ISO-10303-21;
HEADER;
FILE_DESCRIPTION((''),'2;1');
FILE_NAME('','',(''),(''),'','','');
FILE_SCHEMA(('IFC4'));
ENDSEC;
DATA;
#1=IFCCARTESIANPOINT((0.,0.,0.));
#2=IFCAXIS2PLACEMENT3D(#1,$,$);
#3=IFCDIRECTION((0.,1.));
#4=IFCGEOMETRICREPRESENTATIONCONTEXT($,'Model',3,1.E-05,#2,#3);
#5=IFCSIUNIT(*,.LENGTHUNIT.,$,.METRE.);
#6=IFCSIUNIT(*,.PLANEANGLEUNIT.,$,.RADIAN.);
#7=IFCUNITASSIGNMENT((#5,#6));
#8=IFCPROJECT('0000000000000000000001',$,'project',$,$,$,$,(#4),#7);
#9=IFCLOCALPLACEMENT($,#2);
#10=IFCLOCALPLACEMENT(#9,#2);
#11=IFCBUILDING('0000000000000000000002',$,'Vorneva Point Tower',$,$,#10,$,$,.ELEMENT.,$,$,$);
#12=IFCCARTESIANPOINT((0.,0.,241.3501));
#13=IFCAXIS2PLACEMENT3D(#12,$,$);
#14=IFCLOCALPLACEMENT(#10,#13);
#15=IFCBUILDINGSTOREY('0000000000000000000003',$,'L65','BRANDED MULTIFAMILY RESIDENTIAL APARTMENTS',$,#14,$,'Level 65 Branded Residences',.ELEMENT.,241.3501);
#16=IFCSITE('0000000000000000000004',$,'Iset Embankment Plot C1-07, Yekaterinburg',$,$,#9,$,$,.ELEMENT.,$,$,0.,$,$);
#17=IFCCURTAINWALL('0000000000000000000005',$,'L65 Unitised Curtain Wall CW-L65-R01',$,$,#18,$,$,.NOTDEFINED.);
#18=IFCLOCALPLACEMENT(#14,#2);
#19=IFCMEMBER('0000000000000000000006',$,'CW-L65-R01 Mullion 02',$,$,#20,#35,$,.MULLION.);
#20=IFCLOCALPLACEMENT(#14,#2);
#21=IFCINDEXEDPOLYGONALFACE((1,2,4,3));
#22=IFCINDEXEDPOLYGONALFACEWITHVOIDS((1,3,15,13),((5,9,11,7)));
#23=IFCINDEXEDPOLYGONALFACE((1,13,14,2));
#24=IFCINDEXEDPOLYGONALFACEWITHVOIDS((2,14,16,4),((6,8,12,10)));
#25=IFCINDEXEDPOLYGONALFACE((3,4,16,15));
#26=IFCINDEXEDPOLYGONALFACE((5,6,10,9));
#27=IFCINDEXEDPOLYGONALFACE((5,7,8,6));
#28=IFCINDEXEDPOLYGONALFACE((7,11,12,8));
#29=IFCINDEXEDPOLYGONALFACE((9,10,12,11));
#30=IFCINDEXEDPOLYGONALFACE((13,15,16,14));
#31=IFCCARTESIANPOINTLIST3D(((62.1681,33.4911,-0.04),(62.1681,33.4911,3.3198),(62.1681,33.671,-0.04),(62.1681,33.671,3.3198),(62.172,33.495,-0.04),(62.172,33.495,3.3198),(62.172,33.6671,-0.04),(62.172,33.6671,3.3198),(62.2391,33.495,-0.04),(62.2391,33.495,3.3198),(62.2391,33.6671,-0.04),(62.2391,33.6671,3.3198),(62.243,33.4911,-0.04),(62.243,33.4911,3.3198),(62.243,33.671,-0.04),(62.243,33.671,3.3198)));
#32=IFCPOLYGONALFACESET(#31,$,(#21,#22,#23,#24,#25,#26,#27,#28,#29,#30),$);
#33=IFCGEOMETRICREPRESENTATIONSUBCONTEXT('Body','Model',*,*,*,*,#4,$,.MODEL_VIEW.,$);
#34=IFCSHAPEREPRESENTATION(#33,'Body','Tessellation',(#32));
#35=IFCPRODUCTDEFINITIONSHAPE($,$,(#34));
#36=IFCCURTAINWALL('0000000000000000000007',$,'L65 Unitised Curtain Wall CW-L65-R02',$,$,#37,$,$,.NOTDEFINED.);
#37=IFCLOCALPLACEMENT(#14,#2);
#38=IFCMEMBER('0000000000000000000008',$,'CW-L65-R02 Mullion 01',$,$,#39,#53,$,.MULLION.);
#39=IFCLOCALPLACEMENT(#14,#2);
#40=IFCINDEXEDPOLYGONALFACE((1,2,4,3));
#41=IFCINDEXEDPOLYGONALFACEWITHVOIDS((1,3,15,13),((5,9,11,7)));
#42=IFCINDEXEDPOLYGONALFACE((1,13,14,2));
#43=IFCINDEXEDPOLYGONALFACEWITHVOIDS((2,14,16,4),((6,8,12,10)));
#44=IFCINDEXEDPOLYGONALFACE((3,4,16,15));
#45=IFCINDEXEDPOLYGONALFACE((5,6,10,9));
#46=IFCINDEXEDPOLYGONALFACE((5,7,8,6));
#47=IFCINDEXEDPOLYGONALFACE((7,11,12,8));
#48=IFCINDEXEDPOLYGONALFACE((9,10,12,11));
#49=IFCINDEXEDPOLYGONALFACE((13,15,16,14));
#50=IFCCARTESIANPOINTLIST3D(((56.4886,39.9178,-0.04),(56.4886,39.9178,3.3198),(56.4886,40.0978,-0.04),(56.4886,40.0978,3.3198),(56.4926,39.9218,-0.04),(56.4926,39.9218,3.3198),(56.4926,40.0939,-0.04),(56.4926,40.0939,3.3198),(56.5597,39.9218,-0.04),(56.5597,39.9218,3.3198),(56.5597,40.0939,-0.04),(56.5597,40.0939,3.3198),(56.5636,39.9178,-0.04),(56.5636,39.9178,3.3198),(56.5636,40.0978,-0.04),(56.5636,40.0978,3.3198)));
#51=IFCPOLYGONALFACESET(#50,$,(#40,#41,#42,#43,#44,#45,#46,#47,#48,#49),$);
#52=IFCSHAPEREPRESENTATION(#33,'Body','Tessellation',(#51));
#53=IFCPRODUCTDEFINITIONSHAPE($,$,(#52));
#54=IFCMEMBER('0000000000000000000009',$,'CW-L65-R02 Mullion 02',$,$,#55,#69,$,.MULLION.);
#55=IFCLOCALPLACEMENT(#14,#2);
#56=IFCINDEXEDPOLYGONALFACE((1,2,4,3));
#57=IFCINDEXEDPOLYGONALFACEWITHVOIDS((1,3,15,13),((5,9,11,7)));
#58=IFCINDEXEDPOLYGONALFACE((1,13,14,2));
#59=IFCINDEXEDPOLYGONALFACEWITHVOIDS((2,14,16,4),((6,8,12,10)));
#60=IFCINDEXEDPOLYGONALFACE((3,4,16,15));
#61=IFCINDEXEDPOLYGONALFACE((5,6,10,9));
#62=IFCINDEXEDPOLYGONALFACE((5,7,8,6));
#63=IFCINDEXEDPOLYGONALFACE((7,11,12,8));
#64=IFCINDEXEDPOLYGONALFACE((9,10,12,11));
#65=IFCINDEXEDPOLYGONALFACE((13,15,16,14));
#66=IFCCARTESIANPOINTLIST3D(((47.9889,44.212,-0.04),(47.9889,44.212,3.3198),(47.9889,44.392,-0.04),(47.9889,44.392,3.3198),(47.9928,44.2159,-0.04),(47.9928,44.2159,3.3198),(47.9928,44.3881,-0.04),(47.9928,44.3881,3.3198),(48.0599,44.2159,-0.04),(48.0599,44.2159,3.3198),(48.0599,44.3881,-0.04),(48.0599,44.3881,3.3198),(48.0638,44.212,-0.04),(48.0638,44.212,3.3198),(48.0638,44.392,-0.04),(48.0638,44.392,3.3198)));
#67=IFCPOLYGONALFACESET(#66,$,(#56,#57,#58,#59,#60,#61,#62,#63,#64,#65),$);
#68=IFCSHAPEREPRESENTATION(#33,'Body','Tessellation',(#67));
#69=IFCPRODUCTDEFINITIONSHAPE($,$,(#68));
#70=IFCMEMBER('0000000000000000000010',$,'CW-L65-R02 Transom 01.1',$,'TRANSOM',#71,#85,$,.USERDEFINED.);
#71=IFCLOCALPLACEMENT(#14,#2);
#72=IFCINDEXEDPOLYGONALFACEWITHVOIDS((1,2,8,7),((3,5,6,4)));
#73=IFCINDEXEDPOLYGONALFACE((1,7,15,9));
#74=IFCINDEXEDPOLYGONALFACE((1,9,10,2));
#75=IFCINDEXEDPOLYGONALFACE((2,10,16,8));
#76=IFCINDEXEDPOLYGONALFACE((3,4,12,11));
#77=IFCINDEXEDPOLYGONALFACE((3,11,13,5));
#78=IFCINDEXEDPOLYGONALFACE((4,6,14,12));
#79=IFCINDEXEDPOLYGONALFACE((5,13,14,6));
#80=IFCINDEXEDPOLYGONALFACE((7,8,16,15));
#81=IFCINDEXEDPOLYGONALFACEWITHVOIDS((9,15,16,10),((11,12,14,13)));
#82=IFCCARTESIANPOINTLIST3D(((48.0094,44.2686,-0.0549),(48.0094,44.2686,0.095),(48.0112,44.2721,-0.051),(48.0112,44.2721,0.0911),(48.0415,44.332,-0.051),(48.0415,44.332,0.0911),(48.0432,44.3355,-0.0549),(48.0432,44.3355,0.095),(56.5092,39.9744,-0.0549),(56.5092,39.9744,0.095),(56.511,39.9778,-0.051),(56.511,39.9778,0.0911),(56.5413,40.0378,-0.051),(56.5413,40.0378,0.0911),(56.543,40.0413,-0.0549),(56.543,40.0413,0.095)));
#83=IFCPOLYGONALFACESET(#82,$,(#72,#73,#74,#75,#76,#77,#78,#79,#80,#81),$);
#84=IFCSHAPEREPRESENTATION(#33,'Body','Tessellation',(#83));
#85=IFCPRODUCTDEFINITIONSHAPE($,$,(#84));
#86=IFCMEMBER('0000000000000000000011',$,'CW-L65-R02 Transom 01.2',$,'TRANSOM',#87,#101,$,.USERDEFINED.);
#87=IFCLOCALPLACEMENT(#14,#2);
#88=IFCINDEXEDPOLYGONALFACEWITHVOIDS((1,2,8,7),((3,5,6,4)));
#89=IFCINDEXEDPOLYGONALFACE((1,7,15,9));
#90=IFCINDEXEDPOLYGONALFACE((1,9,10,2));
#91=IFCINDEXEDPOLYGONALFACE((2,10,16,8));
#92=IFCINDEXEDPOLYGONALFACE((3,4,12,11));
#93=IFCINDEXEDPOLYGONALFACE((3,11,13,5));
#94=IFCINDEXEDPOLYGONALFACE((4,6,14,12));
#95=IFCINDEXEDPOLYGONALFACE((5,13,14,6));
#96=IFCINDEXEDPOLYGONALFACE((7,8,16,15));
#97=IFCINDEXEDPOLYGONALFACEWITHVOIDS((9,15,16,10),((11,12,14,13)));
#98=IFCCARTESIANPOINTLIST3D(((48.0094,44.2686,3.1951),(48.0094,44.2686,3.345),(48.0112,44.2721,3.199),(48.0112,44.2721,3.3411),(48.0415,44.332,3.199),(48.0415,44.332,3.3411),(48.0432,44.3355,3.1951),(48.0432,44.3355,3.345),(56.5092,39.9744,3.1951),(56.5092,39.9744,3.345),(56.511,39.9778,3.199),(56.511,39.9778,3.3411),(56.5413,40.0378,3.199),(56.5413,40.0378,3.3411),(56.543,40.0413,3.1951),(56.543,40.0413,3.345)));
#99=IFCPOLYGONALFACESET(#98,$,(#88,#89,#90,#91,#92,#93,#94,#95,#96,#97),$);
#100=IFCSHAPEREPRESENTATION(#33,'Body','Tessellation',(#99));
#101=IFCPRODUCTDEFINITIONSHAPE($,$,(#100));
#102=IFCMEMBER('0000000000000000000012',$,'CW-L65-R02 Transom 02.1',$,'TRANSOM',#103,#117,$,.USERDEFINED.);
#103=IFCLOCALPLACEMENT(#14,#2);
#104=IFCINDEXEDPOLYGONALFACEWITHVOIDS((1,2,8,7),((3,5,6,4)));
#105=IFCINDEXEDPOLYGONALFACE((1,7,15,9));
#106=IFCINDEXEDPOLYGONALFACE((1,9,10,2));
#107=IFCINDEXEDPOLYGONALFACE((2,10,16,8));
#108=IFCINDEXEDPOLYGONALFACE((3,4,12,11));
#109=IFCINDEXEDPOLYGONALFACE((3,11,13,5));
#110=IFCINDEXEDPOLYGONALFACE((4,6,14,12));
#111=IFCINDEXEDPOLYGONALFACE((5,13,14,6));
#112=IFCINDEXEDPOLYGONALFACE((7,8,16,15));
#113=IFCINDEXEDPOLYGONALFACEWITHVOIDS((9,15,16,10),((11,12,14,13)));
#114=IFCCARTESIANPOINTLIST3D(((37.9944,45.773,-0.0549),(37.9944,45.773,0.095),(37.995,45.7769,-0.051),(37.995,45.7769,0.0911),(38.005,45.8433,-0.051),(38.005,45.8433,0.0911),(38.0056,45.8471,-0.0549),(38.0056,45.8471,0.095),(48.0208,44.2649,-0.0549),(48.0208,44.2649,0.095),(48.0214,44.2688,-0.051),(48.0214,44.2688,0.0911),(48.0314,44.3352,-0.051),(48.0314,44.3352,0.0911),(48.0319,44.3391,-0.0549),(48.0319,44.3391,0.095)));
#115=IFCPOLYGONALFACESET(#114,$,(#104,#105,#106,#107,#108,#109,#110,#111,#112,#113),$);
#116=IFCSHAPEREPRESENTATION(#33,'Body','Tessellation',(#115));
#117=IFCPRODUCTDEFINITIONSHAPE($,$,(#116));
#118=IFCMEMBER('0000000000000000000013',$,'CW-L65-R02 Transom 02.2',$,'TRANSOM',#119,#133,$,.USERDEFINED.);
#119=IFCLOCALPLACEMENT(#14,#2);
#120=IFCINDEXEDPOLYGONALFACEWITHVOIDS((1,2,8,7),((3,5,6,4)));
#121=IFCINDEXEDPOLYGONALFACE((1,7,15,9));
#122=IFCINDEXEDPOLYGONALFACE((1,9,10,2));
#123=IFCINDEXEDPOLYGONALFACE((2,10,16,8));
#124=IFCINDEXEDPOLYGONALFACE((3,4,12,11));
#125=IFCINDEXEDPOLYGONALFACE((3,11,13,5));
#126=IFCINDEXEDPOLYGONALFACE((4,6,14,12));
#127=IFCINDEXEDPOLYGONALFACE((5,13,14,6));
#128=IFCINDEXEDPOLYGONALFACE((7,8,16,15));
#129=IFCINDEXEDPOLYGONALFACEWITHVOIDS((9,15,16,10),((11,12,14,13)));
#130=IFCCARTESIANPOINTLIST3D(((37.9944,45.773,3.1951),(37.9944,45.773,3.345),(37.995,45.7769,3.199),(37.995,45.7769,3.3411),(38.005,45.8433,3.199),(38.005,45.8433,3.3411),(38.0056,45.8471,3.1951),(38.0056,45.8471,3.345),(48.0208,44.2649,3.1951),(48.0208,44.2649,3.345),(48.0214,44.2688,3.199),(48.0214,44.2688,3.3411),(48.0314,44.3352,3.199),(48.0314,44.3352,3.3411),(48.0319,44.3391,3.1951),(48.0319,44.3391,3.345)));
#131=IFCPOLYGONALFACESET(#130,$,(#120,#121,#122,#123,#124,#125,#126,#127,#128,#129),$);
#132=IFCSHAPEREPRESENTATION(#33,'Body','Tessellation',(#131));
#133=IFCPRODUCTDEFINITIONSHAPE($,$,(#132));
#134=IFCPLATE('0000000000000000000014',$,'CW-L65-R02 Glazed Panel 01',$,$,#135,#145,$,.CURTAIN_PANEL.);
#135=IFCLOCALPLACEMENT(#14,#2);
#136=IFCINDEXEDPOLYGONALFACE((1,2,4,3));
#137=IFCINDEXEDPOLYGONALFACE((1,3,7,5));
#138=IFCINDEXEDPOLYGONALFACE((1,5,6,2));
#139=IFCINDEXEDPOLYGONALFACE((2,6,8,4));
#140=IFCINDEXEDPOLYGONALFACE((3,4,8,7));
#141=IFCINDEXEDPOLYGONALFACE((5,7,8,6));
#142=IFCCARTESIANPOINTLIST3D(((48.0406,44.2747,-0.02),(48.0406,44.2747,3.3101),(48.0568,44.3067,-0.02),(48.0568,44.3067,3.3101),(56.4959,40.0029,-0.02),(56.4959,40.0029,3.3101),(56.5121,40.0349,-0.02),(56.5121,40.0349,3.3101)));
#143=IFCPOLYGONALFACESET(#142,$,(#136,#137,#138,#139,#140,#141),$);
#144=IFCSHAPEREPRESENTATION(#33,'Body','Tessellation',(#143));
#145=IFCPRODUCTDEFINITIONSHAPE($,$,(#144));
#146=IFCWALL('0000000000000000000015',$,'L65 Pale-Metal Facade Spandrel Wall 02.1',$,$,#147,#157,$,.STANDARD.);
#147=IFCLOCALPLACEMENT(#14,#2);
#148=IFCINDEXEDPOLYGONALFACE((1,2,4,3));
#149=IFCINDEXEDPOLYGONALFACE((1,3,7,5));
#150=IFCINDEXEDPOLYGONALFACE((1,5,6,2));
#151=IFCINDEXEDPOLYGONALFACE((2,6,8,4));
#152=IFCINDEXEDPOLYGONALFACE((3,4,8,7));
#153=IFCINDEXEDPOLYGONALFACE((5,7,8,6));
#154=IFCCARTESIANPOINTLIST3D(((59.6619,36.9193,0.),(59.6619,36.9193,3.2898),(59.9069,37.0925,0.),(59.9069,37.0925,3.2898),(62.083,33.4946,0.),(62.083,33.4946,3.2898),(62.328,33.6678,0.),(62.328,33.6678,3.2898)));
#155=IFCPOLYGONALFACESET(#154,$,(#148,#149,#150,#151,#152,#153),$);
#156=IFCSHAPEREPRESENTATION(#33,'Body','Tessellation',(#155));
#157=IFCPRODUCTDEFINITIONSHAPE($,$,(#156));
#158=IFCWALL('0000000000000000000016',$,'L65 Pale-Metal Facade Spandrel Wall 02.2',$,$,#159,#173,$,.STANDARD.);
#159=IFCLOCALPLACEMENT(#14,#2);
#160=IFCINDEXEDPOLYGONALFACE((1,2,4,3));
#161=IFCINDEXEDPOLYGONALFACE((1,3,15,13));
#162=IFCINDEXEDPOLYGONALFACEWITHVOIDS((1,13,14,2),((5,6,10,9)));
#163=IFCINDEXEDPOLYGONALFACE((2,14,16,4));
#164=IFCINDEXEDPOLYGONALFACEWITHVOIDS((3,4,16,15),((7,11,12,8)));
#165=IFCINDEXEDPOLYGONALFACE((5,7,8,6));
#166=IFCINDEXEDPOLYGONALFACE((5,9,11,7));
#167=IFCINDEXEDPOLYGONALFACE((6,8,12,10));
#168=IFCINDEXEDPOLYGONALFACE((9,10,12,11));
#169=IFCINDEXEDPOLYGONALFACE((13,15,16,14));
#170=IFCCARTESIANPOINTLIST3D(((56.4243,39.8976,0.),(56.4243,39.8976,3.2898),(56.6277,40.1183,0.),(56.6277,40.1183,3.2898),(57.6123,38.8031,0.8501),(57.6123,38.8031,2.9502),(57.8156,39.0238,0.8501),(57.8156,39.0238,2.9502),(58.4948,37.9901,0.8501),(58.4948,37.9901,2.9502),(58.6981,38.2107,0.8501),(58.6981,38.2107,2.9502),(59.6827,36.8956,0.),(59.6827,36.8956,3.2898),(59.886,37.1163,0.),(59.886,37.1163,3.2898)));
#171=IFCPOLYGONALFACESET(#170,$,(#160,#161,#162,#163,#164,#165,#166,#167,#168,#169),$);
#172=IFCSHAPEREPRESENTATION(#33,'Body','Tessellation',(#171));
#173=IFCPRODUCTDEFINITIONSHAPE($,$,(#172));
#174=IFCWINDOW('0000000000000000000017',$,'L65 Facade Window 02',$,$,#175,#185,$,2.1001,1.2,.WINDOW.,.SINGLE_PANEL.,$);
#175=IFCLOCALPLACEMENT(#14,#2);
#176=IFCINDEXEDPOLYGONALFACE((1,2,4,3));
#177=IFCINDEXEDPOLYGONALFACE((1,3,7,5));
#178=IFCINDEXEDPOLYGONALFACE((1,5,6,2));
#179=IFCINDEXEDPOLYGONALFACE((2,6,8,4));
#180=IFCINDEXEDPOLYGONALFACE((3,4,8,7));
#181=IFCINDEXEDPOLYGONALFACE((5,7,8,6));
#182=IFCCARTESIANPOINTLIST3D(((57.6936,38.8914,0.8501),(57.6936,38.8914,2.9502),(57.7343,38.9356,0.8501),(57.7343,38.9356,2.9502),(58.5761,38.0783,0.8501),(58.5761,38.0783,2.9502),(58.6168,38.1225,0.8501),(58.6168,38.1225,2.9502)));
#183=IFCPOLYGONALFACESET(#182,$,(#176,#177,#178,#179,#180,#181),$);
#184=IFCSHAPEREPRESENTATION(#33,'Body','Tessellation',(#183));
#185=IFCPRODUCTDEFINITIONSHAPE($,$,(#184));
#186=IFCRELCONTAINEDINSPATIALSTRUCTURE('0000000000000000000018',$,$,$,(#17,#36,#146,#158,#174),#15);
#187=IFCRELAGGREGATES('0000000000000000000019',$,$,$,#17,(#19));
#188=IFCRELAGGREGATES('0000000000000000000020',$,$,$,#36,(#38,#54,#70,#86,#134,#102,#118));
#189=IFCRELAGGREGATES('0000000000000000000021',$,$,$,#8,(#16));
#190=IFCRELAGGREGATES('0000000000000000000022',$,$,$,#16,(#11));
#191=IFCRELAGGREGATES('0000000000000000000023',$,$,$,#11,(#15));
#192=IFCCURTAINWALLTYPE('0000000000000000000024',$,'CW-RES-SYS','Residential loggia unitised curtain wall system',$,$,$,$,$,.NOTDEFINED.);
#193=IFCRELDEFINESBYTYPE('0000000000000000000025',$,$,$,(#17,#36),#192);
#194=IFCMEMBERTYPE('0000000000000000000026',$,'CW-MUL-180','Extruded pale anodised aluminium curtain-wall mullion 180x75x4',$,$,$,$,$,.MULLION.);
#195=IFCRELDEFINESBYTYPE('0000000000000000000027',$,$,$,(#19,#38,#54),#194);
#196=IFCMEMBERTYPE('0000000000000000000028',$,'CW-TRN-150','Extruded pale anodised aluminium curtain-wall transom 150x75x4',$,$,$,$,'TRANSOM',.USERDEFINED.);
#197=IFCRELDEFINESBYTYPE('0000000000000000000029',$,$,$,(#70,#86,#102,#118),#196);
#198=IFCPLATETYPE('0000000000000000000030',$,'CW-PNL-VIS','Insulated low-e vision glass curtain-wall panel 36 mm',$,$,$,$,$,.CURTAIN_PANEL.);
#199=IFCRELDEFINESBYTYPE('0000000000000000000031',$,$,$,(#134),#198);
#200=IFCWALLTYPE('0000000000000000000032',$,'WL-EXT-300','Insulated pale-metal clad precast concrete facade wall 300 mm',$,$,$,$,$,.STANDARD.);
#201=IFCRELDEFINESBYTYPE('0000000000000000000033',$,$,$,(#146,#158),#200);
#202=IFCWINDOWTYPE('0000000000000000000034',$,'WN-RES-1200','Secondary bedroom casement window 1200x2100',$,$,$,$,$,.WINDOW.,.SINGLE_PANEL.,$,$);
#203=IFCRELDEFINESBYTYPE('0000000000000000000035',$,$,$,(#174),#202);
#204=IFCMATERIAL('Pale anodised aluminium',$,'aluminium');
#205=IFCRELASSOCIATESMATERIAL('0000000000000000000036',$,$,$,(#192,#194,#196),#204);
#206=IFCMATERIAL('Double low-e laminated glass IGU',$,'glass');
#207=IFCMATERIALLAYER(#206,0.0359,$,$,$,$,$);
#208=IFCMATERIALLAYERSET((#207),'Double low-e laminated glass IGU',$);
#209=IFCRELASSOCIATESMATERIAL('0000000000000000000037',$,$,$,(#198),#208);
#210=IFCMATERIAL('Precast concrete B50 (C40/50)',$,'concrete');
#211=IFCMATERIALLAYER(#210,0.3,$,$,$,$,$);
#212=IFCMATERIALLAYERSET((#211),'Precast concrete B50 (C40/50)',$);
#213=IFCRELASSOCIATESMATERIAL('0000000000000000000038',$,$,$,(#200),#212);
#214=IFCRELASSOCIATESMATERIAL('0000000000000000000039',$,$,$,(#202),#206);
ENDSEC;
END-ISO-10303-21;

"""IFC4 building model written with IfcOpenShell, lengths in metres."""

from ifc_helpers import new_model, si_unit, direction, frame, frame_2d, origin, origin_2d, place, context, subcontext, project, spatial, rectangle, hollow_rectangle, extrude, material, layer, layer_set, material_profile, profile_set, type_object, element, fill, aggregate, save


model = new_model("IFC4")

# Units and contexts
model_context = context("Model", 3, precision=1e-05, world=origin(), true_north=direction((0.0, 1.0)))
body_context = subcontext(model_context, "Body", "Model", "MODEL_VIEW")
ifc_project = project(units=[si_unit("LENGTHUNIT", "METRE"), si_unit("PLANEANGLEUNIT", "RADIAN")], contexts=[model_context])

# Site, building, storey
site_placement = place(None, origin())
site = spatial("IfcSite", under=ifc_project, at=site_placement, Name="Iset Embankment Plot C1-07, Yekaterinburg", CompositionType="ELEMENT", RefElevation=0.0)
building_placement = place(site_placement, origin())
building = spatial("IfcBuilding", under=site, at=building_placement, Name="Vorneva Point Tower", CompositionType="ELEMENT")
storey_placement = place(building_placement, frame((0.0, 0.0, 241.3501)))
storey = spatial("IfcBuildingStorey", under=building, at=storey_placement, Name="L65", Description="BRANDED MULTIFAMILY RESIDENTIAL APARTMENTS", LongName="Level 65 Branded Residences", CompositionType="ELEMENT", Elevation=241.3501)

# Curtain wall, member
ifc_material_1 = material(Name="Pale anodised aluminium", Category="aluminium")
curtain_wall_type = type_object("IfcCurtainWallType", Name="CW-RES-SYS", Description="Residential loggia unitised curtain wall system", PredefinedType="NOTDEFINED", material=ifc_material_1)
curtain_wall_1_placement = place(storey_placement, origin())
curtain_wall_1 = element("IfcCurtainWall", 1, at=curtain_wall_1_placement, inside=storey, type_object=curtain_wall_type, Name="L65 Unitised Curtain Wall CW-L65-R01", PredefinedType="NOTDEFINED")
ifc_material_profile_1 = material_profile(ifc_material_1, hollow_rectangle(XDim=0.075, YDim=0.1799, WallThickness=0.0039, at=origin_2d()), Name="AL-MUL 180x75x4")
ifc_profile_set_1 = profile_set([ifc_material_profile_1], Name="Pale anodised aluminium")
member_type_1 = type_object("IfcMemberType", Name="CW-MUL-180", Description="Extruded pale anodised aluminium curtain-wall mullion 180x75x4", PredefinedType="MULLION", material=ifc_profile_set_1)
member_1_placement = place(storey_placement, frame((62.2056, 33.5811, -0.04), z_axis=(0.0, 0.0, 1.0), x_axis=(1.0, 0.0, 0.0)))
member_1 = element("IfcMember", 2, at=member_1_placement, type_object=member_type_1, Name="CW-L65-R01 Mullion 02", PredefinedType="MULLION", context=body_context, shape_type="SweptSolid", body=[
    extrude(hollow_rectangle(XDim=0.075, YDim=0.1799, WallThickness=0.0039, at=origin_2d()), origin(), (0.0, 0.0, 1.0), 3.3599),
])
aggregate(curtain_wall_1, [member_1])

# Curtain wall, members, plate
curtain_wall_2_placement = place(storey_placement, origin())
curtain_wall_2 = element("IfcCurtainWall", 3, at=curtain_wall_2_placement, inside=storey, type_object=curtain_wall_type, Name="L65 Unitised Curtain Wall CW-L65-R02", PredefinedType="NOTDEFINED")
member_2_placement = place(storey_placement, frame((56.5261, 40.0078, -0.04), z_axis=(0.0, 0.0, 1.0), x_axis=(1.0, 0.0, 0.0)))
member_2 = element("IfcMember", 4, at=member_2_placement, type_object=member_type_1, Name="CW-L65-R02 Mullion 01", PredefinedType="MULLION", context=body_context, shape_type="SweptSolid", body=[
    extrude(hollow_rectangle(XDim=0.075, YDim=0.1799, WallThickness=0.0039, at=origin_2d()), origin(), (0.0, 0.0, 1.0), 3.3599),
])
member_3_placement = place(storey_placement, frame((48.0264, 44.302, -0.04), z_axis=(0.0, 0.0, 1.0), x_axis=(1.0, 0.0, 0.0)))
member_3 = element("IfcMember", 5, at=member_3_placement, type_object=member_type_1, Name="CW-L65-R02 Mullion 02", PredefinedType="MULLION", context=body_context, shape_type="SweptSolid", body=[
    extrude(hollow_rectangle(XDim=0.075, YDim=0.1799, WallThickness=0.0039, at=origin_2d()), origin(), (0.0, 0.0, 1.0), 3.3599),
])
ifc_material_profile_2 = material_profile(ifc_material_1, hollow_rectangle(XDim=0.075, YDim=0.1499, WallThickness=0.0039, at=origin_2d()), Name="AL-TRN 150x75x4")
ifc_profile_set_2 = profile_set([ifc_material_profile_2], Name="Pale anodised aluminium")
member_type_2 = type_object("IfcMemberType", Name="CW-TRN-150", Description="Extruded pale anodised aluminium curtain-wall transom 150x75x4", ElementType="TRANSOM", PredefinedType="USERDEFINED", material=ifc_profile_set_2)
member_4_placement = place(storey_placement, frame((56.5261, 40.0078, 0.02), z_axis=(-0.892558, 0.450932, 0.0), x_axis=(-0.450932, -0.892558, 0.0)))
member_4 = element("IfcMember", 6, at=member_4_placement, type_object=member_type_2, Name="CW-L65-R02 Transom 01.1", ObjectType="TRANSOM", PredefinedType="USERDEFINED", context=body_context, shape_type="SweptSolid", body=[
    extrude(hollow_rectangle(XDim=0.075, YDim=0.1499, WallThickness=0.0039, at=origin_2d()), origin(), (0.0, 0.0, 1.0), 9.5229),
])
member_5_placement = place(storey_placement, frame((56.5261, 40.0078, 3.27), z_axis=(-0.892558, 0.450932, 0.0), x_axis=(-0.450932, -0.892558, 0.0)))
member_5 = element("IfcMember", 7, at=member_5_placement, type_object=member_type_2, Name="CW-L65-R02 Transom 01.2", ObjectType="TRANSOM", PredefinedType="USERDEFINED", context=body_context, shape_type="SweptSolid", body=[
    extrude(hollow_rectangle(XDim=0.075, YDim=0.1499, WallThickness=0.0039, at=origin_2d()), origin(), (0.0, 0.0, 1.0), 9.5229),
])
member_6_placement = place(storey_placement, frame((48.0264, 44.302, 0.02), z_axis=(-0.988877, 0.148736, 0.0), x_axis=(-0.148736, -0.988877, 0.0)))
member_6 = element("IfcMember", 8, at=member_6_placement, type_object=member_type_2, Name="CW-L65-R02 Transom 02.1", ObjectType="TRANSOM", PredefinedType="USERDEFINED", context=body_context, shape_type="SweptSolid", body=[
    extrude(hollow_rectangle(XDim=0.075, YDim=0.1499, WallThickness=0.0039, at=origin_2d()), origin(), (0.0, 0.0, 1.0), 10.1392),
])
member_7_placement = place(storey_placement, frame((48.0264, 44.302, 3.27), z_axis=(-0.988877, 0.148736, 0.0), x_axis=(-0.148736, -0.988877, 0.0)))
member_7 = element("IfcMember", 9, at=member_7_placement, type_object=member_type_2, Name="CW-L65-R02 Transom 02.2", ObjectType="TRANSOM", PredefinedType="USERDEFINED", context=body_context, shape_type="SweptSolid", body=[
    extrude(hollow_rectangle(XDim=0.075, YDim=0.1499, WallThickness=0.0039, at=origin_2d()), origin(), (0.0, 0.0, 1.0), 10.1392),
])
ifc_material_2 = material(Name="Double low-e laminated glass IGU", Category="glass")
ifc_layer_1 = layer(ifc_material_2, 0.0359)
ifc_layer_set_1 = layer_set([ifc_layer_1], Name="Double low-e laminated glass IGU")
plate_type = type_object("IfcPlateType", Name="CW-PNL-VIS", Description="Insulated low-e vision glass curtain-wall panel 36 mm", PredefinedType="CURTAIN_PANEL", material=ifc_layer_set_1)
plate_placement = place(storey_placement, frame((52.2764, 42.1548, -0.02), z_axis=(0.0, 0.0, 1.0), x_axis=(-0.892554, 0.45094, 0.0)))
plate = element("IfcPlate", 10, at=plate_placement, type_object=plate_type, Name="CW-L65-R02 Glazed Panel 01", PredefinedType="CURTAIN_PANEL", context=body_context, shape_type="SweptSolid", body=[
    extrude(rectangle(XDim=9.4731, YDim=0.0359, at=origin_2d()), origin(), (0.0, 0.0, 1.0), 3.3301),
])
aggregate(curtain_wall_2, [member_2, member_3, member_4, member_5, plate, member_6, member_7])

# Wall
ifc_material_3 = material(Name="Precast concrete B50 (C40/50)", Category="concrete")
ifc_layer_2 = layer(ifc_material_3, 0.3)
ifc_layer_set_2 = layer_set([ifc_layer_2], Name="Precast concrete B50 (C40/50)")
wall_type_1 = type_object("IfcWallType", Name="WL-EXT-300", Description="Insulated pale-metal clad precast concrete facade wall 300 mm", PredefinedType="STANDARD", material=ifc_layer_set_2)
wall_1_placement = place(storey_placement, frame((62.2056, 33.5811, 0.0), z_axis=(0.0, 0.0, 1.0), x_axis=(-0.577261, 0.81656, 0.0)))
element("IfcWall", 11, at=wall_1_placement, inside=storey, type_object=wall_type_1, Name="L65 Pale-Metal Facade Spandrel Wall 02.1", PredefinedType="STANDARD", context=body_context, shape_type="SweptSolid", body=[
    extrude(rectangle(XDim=4.1941, YDim=0.3, at=frame_2d((2.0972, 0.0))), origin(), (0.0, 0.0, 1.0), 3.2898),
])

# Wall, opening, window
wall_2_placement = place(storey_placement, frame((59.7844, 37.0059, 0.0), z_axis=(0.0, 0.0, 1.0), x_axis=(-0.735445, 0.677584, 0.0)))
wall_2 = element("IfcWall", 12, at=wall_2_placement, inside=storey, type_object=wall_type_1, Name="L65 Pale-Metal Facade Spandrel Wall 02.2", PredefinedType="STANDARD", context=body_context, shape_type="SweptSolid", body=[
    extrude(rectangle(XDim=4.4304, YDim=0.3, at=frame_2d((2.2153, 0.0))), origin(), (0.0, 0.0, 1.0), 3.2898),
])
opening_placement = place(wall_2_placement, frame((1.6152, 0.0, 0.8501)))
opening = element("IfcOpeningElement", 13, at=opening_placement, cuts=wall_2, PredefinedType="OPENING", context=body_context, shape_type="SweptSolid", body=[
    extrude(rectangle(XDim=1.2, YDim=2.1001, at=frame_2d((0.6001, 1.05))), frame((0.0, 0.165, 0.0), z_axis=(0.0, -1.0, 0.0), x_axis=(1.0, 0.0, 0.0)), (0.0, 0.0, 1.0), 0.3298),
])
window_type = type_object("IfcWindowType", Name="WN-RES-1200", Description="Secondary bedroom casement window 1200x2100", PartitioningType="SINGLE_PANEL", PredefinedType="WINDOW", material=ifc_material_2)
window_placement = place(opening_placement, origin())
window = element("IfcWindow", 14, at=window_placement, inside=storey, type_object=window_type, Name="L65 Facade Window 02", OverallHeight=2.1001, OverallWidth=1.2, PartitioningType="SINGLE_PANEL", PredefinedType="WINDOW", context=body_context, shape_type="SweptSolid", body=[
    extrude(rectangle(XDim=1.2, YDim=2.1001, at=frame_2d((0.6001, 1.05))), frame((0.0, 0.03, 0.0), z_axis=(0.0, -1.0, 0.0), x_axis=(1.0, 0.0, 0.0)), (0.0, 0.0, 1.0), 0.0601),
])
fill(opening, window)

save(model, "model.ifc")
